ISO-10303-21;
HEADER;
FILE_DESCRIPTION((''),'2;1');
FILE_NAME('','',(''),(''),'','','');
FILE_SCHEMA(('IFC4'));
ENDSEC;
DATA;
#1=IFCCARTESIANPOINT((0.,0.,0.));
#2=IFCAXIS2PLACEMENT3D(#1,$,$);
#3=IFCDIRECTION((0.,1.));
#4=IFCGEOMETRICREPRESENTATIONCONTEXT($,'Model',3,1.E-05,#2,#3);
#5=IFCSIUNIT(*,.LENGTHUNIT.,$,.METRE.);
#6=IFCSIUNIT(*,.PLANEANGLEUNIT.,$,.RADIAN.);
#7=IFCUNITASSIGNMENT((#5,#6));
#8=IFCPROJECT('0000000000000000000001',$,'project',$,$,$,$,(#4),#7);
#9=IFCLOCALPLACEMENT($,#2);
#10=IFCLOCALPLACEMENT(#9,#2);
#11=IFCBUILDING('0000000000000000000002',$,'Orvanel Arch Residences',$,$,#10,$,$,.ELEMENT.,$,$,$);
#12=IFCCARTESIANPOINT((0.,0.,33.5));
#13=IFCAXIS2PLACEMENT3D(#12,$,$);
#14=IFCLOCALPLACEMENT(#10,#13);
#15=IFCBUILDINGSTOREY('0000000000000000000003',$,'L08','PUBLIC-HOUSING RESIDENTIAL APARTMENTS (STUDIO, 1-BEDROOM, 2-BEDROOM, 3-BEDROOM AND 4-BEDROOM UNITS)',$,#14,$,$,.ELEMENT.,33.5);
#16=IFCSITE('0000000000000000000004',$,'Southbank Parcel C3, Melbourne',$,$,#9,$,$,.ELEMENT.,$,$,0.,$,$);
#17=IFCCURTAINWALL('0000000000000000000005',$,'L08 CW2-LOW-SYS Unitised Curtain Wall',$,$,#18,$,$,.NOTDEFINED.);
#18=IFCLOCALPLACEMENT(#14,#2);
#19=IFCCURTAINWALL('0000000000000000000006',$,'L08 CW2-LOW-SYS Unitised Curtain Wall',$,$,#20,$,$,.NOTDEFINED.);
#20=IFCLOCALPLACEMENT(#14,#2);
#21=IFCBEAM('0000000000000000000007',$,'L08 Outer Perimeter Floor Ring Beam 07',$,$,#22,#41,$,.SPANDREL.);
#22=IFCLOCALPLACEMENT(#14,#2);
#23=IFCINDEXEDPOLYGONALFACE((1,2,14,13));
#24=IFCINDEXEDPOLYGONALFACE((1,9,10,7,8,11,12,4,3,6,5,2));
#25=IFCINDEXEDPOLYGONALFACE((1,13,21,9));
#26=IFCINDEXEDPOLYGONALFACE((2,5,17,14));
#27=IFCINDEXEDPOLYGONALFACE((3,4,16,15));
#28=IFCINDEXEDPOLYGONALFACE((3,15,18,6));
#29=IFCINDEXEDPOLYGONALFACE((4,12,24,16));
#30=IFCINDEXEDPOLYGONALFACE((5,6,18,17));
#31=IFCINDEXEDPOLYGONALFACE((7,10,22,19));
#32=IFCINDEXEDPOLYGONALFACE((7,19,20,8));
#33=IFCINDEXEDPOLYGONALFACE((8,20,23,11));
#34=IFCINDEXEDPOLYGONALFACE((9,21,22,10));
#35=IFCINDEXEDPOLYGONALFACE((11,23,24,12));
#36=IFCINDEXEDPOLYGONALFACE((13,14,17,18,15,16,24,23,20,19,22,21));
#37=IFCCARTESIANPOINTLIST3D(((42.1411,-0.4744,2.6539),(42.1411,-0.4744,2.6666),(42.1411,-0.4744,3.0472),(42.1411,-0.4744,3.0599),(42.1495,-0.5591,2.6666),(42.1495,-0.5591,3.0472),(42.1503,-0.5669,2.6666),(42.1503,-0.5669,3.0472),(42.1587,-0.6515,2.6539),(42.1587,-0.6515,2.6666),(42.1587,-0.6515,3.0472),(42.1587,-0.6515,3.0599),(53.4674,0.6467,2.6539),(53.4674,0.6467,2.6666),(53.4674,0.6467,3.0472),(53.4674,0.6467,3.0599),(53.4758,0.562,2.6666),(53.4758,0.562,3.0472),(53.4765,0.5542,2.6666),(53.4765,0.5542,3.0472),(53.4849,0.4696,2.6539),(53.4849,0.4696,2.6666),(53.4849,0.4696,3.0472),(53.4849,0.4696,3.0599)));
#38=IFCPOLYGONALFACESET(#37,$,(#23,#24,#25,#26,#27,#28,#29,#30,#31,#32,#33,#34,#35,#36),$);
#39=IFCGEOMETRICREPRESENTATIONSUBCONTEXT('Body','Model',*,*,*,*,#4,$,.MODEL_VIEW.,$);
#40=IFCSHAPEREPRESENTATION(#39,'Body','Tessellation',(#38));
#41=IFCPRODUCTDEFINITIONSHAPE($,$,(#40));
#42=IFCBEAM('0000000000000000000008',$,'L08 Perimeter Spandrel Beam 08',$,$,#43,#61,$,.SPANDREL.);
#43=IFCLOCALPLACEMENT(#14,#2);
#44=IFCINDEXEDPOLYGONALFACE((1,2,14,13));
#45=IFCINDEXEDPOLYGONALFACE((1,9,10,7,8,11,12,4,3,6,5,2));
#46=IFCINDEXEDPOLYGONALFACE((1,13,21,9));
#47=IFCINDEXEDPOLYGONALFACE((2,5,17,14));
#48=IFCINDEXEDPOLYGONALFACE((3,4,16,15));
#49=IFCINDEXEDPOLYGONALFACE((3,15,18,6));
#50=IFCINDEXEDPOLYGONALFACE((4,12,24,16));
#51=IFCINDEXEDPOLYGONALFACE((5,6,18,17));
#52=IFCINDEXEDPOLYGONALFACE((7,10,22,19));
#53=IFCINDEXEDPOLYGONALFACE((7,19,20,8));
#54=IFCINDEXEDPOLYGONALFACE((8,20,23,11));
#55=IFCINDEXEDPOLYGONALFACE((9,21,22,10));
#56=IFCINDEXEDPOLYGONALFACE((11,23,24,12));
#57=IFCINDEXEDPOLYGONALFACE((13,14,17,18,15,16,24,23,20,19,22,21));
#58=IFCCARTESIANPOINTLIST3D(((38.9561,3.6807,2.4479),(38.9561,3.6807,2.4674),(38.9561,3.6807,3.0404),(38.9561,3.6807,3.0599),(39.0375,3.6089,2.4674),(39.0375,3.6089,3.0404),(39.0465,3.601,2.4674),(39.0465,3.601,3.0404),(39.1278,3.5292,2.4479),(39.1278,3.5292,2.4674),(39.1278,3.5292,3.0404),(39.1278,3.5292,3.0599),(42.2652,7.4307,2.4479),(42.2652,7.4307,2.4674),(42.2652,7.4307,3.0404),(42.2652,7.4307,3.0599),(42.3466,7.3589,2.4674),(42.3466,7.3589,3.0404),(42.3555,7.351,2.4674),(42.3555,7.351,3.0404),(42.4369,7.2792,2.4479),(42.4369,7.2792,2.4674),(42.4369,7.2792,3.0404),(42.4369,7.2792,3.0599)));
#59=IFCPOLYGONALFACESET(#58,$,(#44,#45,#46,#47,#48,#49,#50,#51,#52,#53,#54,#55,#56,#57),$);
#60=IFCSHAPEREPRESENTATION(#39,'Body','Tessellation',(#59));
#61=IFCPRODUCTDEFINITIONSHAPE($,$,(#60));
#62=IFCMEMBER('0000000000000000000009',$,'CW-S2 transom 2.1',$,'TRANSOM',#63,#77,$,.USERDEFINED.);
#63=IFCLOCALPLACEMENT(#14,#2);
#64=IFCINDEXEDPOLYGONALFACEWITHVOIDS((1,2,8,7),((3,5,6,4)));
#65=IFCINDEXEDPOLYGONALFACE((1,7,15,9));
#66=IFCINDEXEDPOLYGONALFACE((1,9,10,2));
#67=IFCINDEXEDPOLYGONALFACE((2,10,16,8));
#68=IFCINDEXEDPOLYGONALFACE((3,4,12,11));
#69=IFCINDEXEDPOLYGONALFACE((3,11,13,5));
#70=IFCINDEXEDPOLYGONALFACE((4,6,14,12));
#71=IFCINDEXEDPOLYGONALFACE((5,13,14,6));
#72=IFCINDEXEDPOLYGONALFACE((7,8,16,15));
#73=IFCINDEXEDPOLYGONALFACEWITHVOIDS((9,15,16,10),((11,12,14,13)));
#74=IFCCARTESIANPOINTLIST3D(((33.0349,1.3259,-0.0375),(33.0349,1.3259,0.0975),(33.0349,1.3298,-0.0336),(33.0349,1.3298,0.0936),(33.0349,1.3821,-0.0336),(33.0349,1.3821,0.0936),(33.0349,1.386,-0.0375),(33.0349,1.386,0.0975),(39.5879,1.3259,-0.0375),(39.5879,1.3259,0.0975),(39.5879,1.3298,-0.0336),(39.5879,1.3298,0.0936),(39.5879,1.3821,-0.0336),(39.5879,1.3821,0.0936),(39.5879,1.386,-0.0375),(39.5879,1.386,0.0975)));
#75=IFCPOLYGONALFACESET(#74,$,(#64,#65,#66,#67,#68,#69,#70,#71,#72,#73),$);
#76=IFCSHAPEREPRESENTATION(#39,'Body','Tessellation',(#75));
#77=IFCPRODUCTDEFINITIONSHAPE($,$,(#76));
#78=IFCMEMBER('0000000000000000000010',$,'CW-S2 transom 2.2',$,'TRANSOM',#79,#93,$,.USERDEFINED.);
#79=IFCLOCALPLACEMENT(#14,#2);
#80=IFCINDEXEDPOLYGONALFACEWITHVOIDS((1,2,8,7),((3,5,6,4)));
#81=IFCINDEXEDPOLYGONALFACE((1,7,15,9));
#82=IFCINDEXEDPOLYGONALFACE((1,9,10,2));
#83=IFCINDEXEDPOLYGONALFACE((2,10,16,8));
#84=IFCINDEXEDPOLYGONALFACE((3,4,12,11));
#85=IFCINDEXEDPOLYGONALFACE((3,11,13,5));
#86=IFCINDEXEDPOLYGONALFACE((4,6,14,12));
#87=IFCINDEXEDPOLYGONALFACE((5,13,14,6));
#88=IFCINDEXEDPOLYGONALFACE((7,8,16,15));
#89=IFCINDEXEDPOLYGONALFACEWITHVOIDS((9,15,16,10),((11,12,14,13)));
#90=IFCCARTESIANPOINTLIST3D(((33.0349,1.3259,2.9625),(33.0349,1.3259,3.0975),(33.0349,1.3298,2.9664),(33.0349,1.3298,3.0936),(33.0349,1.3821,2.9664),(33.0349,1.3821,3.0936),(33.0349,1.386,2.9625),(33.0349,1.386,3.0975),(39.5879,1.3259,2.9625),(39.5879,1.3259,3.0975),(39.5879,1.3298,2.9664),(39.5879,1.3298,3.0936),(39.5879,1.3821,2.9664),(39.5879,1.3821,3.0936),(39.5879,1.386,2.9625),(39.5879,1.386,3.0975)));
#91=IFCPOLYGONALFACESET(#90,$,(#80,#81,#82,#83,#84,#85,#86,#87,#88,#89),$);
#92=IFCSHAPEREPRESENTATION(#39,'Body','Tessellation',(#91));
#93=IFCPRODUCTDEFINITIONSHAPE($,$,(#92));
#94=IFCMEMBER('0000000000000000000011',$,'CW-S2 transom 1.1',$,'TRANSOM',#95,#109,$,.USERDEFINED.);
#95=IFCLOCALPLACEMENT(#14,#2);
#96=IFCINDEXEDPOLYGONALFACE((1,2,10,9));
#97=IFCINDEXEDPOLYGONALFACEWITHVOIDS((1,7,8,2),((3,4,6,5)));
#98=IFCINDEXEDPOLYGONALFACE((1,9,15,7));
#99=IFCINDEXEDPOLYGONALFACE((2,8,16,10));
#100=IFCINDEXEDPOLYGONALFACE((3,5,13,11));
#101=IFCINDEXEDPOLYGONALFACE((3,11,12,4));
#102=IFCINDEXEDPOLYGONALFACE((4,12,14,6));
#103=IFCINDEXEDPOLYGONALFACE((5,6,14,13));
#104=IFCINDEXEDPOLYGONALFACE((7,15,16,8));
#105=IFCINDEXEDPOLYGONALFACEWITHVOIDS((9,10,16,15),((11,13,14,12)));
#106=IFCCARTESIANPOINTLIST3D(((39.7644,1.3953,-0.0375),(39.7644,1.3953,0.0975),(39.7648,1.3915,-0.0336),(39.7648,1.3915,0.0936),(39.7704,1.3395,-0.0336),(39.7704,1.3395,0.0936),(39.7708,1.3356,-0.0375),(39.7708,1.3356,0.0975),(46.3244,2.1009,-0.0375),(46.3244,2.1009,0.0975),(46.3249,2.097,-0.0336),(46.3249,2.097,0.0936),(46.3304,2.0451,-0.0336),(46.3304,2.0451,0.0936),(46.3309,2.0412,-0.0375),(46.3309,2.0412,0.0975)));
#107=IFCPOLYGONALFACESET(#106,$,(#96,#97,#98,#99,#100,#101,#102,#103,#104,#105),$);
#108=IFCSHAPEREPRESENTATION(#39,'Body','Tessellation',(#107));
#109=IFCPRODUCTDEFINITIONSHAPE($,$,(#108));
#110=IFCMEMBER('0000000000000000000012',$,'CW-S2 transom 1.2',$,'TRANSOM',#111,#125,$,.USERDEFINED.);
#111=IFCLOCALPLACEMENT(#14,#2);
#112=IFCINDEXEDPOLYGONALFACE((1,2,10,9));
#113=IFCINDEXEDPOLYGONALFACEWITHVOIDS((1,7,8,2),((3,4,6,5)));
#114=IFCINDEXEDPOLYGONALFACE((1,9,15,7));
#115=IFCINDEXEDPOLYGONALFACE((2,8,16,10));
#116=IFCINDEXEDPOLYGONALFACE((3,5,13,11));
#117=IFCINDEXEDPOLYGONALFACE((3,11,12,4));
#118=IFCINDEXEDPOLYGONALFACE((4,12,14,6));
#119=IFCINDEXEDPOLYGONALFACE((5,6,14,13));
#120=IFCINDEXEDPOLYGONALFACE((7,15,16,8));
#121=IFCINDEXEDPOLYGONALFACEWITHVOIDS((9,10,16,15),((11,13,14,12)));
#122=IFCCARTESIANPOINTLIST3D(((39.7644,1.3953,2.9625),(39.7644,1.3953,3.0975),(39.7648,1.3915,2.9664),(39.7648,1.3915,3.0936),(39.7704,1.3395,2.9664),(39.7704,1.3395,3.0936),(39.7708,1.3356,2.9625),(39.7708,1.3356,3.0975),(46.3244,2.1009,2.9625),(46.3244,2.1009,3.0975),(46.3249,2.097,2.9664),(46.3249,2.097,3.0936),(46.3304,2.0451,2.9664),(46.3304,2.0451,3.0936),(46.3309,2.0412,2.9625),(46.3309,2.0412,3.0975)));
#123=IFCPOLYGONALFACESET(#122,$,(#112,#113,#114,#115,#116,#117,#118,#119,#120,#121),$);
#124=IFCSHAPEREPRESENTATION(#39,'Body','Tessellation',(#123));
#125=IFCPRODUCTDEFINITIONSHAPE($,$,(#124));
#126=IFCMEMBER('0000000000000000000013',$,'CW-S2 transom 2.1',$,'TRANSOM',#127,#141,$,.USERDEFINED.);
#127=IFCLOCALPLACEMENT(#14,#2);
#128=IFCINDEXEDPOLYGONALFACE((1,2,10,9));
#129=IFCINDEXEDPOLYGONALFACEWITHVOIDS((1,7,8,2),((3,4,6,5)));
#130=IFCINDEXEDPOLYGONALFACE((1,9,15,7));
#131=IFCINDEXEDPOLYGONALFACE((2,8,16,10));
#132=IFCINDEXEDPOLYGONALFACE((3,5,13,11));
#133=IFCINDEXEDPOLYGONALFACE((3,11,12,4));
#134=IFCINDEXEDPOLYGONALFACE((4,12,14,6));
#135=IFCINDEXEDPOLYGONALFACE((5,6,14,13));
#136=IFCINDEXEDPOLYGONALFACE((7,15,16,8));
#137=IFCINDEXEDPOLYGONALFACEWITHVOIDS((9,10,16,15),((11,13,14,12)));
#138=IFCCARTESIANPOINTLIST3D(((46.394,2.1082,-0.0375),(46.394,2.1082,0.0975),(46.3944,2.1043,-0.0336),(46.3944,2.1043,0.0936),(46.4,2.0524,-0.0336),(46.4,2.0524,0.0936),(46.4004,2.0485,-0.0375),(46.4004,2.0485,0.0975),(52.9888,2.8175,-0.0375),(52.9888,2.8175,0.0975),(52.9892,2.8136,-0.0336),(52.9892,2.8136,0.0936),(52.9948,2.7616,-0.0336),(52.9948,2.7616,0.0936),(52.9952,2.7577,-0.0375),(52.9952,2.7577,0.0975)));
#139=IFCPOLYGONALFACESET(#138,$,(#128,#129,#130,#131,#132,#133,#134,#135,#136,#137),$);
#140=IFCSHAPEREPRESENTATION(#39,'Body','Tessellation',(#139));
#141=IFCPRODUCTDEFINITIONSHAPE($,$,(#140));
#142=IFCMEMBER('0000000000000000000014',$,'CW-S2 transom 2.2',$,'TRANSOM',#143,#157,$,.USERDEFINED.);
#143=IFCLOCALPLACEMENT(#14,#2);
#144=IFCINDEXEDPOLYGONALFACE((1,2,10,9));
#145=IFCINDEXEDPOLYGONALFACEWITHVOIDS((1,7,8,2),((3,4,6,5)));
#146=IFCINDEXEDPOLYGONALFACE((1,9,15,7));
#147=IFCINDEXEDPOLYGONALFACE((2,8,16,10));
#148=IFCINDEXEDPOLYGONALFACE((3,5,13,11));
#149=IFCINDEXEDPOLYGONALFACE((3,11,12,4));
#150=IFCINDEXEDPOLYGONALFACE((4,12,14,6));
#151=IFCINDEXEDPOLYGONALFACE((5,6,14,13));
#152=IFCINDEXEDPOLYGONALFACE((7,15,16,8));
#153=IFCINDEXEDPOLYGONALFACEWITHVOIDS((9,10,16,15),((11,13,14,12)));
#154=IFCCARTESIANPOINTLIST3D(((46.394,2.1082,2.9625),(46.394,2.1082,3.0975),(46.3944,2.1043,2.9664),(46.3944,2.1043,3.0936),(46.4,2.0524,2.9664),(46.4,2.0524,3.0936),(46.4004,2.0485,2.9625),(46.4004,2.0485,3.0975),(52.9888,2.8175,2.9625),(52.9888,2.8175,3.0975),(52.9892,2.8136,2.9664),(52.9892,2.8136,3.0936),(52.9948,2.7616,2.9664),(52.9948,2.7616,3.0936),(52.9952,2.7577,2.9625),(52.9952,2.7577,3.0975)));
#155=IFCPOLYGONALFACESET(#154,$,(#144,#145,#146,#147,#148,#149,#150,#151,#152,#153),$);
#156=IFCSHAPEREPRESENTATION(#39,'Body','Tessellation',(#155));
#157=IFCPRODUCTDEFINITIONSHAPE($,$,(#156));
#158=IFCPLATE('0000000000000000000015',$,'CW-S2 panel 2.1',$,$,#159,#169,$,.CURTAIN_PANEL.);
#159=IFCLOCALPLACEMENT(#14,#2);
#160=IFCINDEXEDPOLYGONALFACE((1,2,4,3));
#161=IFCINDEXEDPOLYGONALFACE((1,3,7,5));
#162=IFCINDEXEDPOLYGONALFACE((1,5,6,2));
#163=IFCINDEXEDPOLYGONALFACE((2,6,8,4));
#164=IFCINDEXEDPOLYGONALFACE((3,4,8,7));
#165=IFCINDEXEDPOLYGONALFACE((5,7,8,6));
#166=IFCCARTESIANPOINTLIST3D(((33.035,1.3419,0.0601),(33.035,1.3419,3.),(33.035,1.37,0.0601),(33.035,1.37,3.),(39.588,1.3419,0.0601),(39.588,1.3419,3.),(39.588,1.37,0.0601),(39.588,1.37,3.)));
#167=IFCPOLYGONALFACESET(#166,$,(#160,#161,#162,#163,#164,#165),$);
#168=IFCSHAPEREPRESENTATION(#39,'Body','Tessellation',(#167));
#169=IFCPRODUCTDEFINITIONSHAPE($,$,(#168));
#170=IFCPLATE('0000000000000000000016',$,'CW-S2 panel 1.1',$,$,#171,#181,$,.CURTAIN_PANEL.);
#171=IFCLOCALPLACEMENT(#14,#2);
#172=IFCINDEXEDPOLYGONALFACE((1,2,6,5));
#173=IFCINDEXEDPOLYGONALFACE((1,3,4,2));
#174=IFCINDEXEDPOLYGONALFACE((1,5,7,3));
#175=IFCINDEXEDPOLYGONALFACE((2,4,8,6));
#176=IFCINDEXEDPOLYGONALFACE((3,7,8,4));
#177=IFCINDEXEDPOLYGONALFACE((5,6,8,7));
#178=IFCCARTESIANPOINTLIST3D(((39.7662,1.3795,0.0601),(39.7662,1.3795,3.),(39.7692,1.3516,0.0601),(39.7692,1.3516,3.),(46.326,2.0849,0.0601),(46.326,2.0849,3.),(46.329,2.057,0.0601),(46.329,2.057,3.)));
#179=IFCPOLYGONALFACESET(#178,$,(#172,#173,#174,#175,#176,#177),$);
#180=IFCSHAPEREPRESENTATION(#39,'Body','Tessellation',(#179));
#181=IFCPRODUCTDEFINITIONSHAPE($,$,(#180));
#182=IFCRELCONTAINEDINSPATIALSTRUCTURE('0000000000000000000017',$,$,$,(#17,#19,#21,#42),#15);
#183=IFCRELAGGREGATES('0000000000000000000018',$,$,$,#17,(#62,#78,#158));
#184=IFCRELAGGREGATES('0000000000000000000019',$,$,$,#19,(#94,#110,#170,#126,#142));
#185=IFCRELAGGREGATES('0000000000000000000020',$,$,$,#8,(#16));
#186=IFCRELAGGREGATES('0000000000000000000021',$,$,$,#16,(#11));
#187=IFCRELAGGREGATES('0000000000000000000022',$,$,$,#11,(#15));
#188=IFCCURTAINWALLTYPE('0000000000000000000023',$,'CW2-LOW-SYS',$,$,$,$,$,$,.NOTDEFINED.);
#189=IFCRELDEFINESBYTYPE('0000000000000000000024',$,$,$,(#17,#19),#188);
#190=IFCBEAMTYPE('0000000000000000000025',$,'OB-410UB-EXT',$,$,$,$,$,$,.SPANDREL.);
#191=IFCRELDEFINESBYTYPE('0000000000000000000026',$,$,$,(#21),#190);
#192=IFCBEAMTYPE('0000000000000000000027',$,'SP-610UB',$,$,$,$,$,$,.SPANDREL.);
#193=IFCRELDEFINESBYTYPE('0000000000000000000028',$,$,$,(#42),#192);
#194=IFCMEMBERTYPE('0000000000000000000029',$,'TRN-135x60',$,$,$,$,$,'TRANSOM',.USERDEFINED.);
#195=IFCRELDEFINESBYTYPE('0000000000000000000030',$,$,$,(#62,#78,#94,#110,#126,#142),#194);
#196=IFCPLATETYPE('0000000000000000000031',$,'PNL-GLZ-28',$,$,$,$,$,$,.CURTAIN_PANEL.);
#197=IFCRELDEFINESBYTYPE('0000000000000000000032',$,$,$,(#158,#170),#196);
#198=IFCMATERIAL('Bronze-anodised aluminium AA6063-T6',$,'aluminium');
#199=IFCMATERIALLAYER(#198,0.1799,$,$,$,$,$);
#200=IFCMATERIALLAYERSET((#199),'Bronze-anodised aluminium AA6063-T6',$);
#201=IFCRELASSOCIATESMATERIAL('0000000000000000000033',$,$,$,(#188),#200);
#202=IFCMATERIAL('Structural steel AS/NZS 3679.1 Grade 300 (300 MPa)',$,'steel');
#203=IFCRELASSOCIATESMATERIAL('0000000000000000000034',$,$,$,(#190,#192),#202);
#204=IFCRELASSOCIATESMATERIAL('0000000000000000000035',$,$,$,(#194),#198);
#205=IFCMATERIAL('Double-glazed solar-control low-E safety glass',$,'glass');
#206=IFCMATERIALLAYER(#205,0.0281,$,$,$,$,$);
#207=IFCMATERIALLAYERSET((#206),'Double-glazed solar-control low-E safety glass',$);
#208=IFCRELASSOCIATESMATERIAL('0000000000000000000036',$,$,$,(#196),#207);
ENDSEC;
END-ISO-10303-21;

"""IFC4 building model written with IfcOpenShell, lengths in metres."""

from ifc_helpers import new_model, si_unit, direction, frame, origin, origin_2d, place, context, subcontext, project, spatial, rectangle, hollow_rectangle, i_section, extrude, material, layer, layer_set, material_profile, profile_set, type_object, element, aggregate, save


model = new_model("IFC4")

# Units and contexts
model_context = context("Model", 3, precision=1e-05, world=origin(), true_north=direction((0.0, 1.0)))
body_context = subcontext(model_context, "Body", "Model", "MODEL_VIEW")
ifc_project = project(units=[si_unit("LENGTHUNIT", "METRE"), si_unit("PLANEANGLEUNIT", "RADIAN")], contexts=[model_context])

# Site, building, storey
site_placement = place(None, origin())
site = spatial("IfcSite", under=ifc_project, at=site_placement, Name="Southbank Parcel C3, Melbourne", CompositionType="ELEMENT", RefElevation=0.0)
building_placement = place(site_placement, origin())
building = spatial("IfcBuilding", under=site, at=building_placement, Name="Orvanel Arch Residences", CompositionType="ELEMENT")
storey_placement = place(building_placement, frame((0.0, 0.0, 33.5)))
storey = spatial("IfcBuildingStorey", under=building, at=storey_placement, Name="L08", Description="PUBLIC-HOUSING RESIDENTIAL APARTMENTS (STUDIO, 1-BEDROOM, 2-BEDROOM, 3-BEDROOM AND 4-BEDROOM UNITS)", CompositionType="ELEMENT", Elevation=33.5)

# Curtain walls
ifc_material_1 = material(Name="Bronze-anodised aluminium AA6063-T6", Category="aluminium")
ifc_layer_1 = layer(ifc_material_1, 0.1799)
ifc_layer_set_1 = layer_set([ifc_layer_1], Name="Bronze-anodised aluminium AA6063-T6")
curtain_wall_type = type_object("IfcCurtainWallType", Name="CW2-LOW-SYS", PredefinedType="NOTDEFINED", material=ifc_layer_set_1)
curtain_wall_1_placement = place(storey_placement, origin())
curtain_wall_1 = element("IfcCurtainWall", 1, at=curtain_wall_1_placement, inside=storey, type_object=curtain_wall_type, Name="L08 CW2-LOW-SYS Unitised Curtain Wall", PredefinedType="NOTDEFINED")
curtain_wall_2_placement = place(storey_placement, origin())
curtain_wall_2 = element("IfcCurtainWall", 2, at=curtain_wall_2_placement, inside=storey, type_object=curtain_wall_type, Name="L08 CW2-LOW-SYS Unitised Curtain Wall", PredefinedType="NOTDEFINED")

# Beams
ifc_material_2 = material(Name="Structural steel AS/NZS 3679.1 Grade 300 (300 MPa)", Category="steel")
ifc_material_profile_1 = material_profile(ifc_material_2, i_section(OverallWidth=0.178, OverallDepth=0.406, WebThickness=0.0078, FlangeThickness=0.0127, at=origin_2d()), Name="410UB59.7")
ifc_profile_set_1 = profile_set([ifc_material_profile_1], Name="Structural steel AS/NZS 3679.1 Grade 300 (300 MPa)")
beam_type_1 = type_object("IfcBeamType", Name="OB-410UB-EXT", PredefinedType="SPANDREL", material=ifc_profile_set_1)
beam_1_placement = place(storey_placement, frame((42.1499, -0.563, 2.8569), z_axis=(0.995137, 0.098501, 0.0), x_axis=(-0.098501, 0.995137, 0.0)))
element("IfcBeam", 3, at=beam_1_placement, inside=storey, type_object=beam_type_1, Name="L08 Outer Perimeter Floor Ring Beam 07", PredefinedType="SPANDREL", context=body_context, shape_type="SweptSolid", body=[
    extrude(i_section(OverallWidth=0.178, OverallDepth=0.406, WebThickness=0.0078, FlangeThickness=0.0127, at=origin_2d()), origin(), (0.0, 0.0, 1.0), 11.3816),
])
ifc_material_profile_2 = material_profile(ifc_material_2, i_section(OverallWidth=0.229, OverallDepth=0.6121, WebThickness=0.012, FlangeThickness=0.0195, at=origin_2d()), Name="610UB125")
ifc_profile_set_2 = profile_set([ifc_material_profile_2], Name="Structural steel AS/NZS 3679.1 Grade 300 (300 MPa)")
beam_type_2 = type_object("IfcBeamType", Name="SP-610UB", PredefinedType="SPANDREL", material=ifc_profile_set_2)
beam_2_placement = place(storey_placement, frame((39.042, 3.605, 2.7539), z_axis=(0.661651, 0.749812, 0.0), x_axis=(-0.749812, 0.661651, 0.0)))
element("IfcBeam", 4, at=beam_2_placement, inside=storey, type_object=beam_type_2, Name="L08 Perimeter Spandrel Beam 08", PredefinedType="SPANDREL", context=body_context, shape_type="SweptSolid", body=[
    extrude(i_section(OverallWidth=0.229, OverallDepth=0.6121, WebThickness=0.012, FlangeThickness=0.0195, at=origin_2d()), origin(), (0.0, 0.0, 1.0), 5.0012),
])

# Members
ifc_material_profile_3 = material_profile(ifc_material_1, hollow_rectangle(XDim=0.0601, YDim=0.135, WallThickness=0.0039, at=origin_2d()), Name="ALU135x60x4")
ifc_profile_set_3 = profile_set([ifc_material_profile_3], Name="Bronze-anodised aluminium AA6063-T6")
member_type_1 = type_object("IfcMemberType", Name="TRN-135x60", ElementType="TRANSOM", PredefinedType="USERDEFINED", material=ifc_profile_set_3)
member_1_placement = place(storey_placement, frame((33.0349, 1.356, 0.03), z_axis=(1.0, 0.0, 0.0), x_axis=(0.0, 1.0, 0.0)))
member_1 = element("IfcMember", 5, at=member_1_placement, type_object=member_type_1, Name="CW-S2 transom 2.1", ObjectType="TRANSOM", PredefinedType="USERDEFINED", context=body_context, shape_type="SweptSolid", body=[
    extrude(hollow_rectangle(XDim=0.0601, YDim=0.135, WallThickness=0.0039, at=origin_2d()), origin(), (0.0, 0.0, 1.0), 6.553),
])
member_2_placement = place(storey_placement, frame((33.0349, 1.356, 3.03), z_axis=(1.0, 0.0, 0.0), x_axis=(0.0, 1.0, 0.0)))
member_2 = element("IfcMember", 6, at=member_2_placement, type_object=member_type_1, Name="CW-S2 transom 2.2", ObjectType="TRANSOM", PredefinedType="USERDEFINED", context=body_context, shape_type="SweptSolid", body=[
    extrude(hollow_rectangle(XDim=0.0601, YDim=0.135, WallThickness=0.0039, at=origin_2d()), origin(), (0.0, 0.0, 1.0), 6.553),
])
member_3_placement = place(storey_placement, frame((39.7676, 1.3655, 0.03), z_axis=(0.994266, 0.106938, 0.0), x_axis=(-0.106938, 0.994266, 0.0)))
member_3 = element("IfcMember", 7, at=member_3_placement, type_object=member_type_1, Name="CW-S2 transom 1.1", ObjectType="TRANSOM", PredefinedType="USERDEFINED", context=body_context, shape_type="SweptSolid", body=[
    extrude(hollow_rectangle(XDim=0.0601, YDim=0.135, WallThickness=0.0039, at=origin_2d()), origin(), (0.0, 0.0, 1.0), 6.5979),
])
member_4_placement = place(storey_placement, frame((39.7676, 1.3655, 3.03), z_axis=(0.994266, 0.106938, 0.0), x_axis=(-0.106938, 0.994266, 0.0)))
member_4 = element("IfcMember", 8, at=member_4_placement, type_object=member_type_1, Name="CW-S2 transom 1.2", ObjectType="TRANSOM", PredefinedType="USERDEFINED", context=body_context, shape_type="SweptSolid", body=[
    extrude(hollow_rectangle(XDim=0.0601, YDim=0.135, WallThickness=0.0039, at=origin_2d()), origin(), (0.0, 0.0, 1.0), 6.5979),
])
member_5_placement = place(storey_placement, frame((46.3972, 2.0784, 0.03), z_axis=(0.994267, 0.106928, 0.0), x_axis=(-0.106928, 0.994267, 0.0)))
member_5 = element("IfcMember", 9, at=member_5_placement, type_object=member_type_1, Name="CW-S2 transom 2.1", ObjectType="TRANSOM", PredefinedType="USERDEFINED", context=body_context, shape_type="SweptSolid", body=[
    extrude(hollow_rectangle(XDim=0.0601, YDim=0.135, WallThickness=0.0039, at=origin_2d()), origin(), (0.0, 0.0, 1.0), 6.6328),
])
member_6_placement = place(storey_placement, frame((46.3972, 2.0784, 3.03), z_axis=(0.994267, 0.106928, 0.0), x_axis=(-0.106928, 0.994267, 0.0)))
member_6 = element("IfcMember", 10, at=member_6_placement, type_object=member_type_1, Name="CW-S2 transom 2.2", ObjectType="TRANSOM", PredefinedType="USERDEFINED", context=body_context, shape_type="SweptSolid", body=[
    extrude(hollow_rectangle(XDim=0.0601, YDim=0.135, WallThickness=0.0039, at=origin_2d()), origin(), (0.0, 0.0, 1.0), 6.6328),
])

# Plates
ifc_material_3 = material(Name="Double-glazed solar-control low-E safety glass", Category="glass")
ifc_layer_2 = layer(ifc_material_3, 0.0281)
ifc_layer_set_2 = layer_set([ifc_layer_2], Name="Double-glazed solar-control low-E safety glass")
plate_type = type_object("IfcPlateType", Name="PNL-GLZ-28", PredefinedType="CURTAIN_PANEL", material=ifc_layer_set_2)
plate_1_placement = place(storey_placement, frame((36.3115, 1.356, 0.0601), z_axis=(0.0, 0.0, 1.0), x_axis=(1.0, 0.0, 0.0)))
plate_1 = element("IfcPlate", 11, at=plate_1_placement, type_object=plate_type, Name="CW-S2 panel 2.1", PredefinedType="CURTAIN_PANEL", context=body_context, shape_type="SweptSolid", body=[
    extrude(rectangle(XDim=6.553, YDim=0.0281, at=origin_2d()), origin(), (0.0, 0.0, 1.0), 2.9399),
])
aggregate(curtain_wall_1, [member_1, member_2, plate_1])
plate_2_placement = place(storey_placement, frame((43.0476, 1.7183, 0.0601), z_axis=(0.0, 0.0, 1.0), x_axis=(0.994267, 0.106921, 0.0)))
plate_2 = element("IfcPlate", 12, at=plate_2_placement, type_object=plate_type, Name="CW-S2 panel 1.1", PredefinedType="CURTAIN_PANEL", context=body_context, shape_type="SweptSolid", body=[
    extrude(rectangle(XDim=6.5977, YDim=0.0281, at=origin_2d()), origin(), (0.0, 0.0, 1.0), 2.9399),
])
aggregate(curtain_wall_2, [member_3, member_4, plate_2, member_5, member_6])

save(model, "model.ifc")
